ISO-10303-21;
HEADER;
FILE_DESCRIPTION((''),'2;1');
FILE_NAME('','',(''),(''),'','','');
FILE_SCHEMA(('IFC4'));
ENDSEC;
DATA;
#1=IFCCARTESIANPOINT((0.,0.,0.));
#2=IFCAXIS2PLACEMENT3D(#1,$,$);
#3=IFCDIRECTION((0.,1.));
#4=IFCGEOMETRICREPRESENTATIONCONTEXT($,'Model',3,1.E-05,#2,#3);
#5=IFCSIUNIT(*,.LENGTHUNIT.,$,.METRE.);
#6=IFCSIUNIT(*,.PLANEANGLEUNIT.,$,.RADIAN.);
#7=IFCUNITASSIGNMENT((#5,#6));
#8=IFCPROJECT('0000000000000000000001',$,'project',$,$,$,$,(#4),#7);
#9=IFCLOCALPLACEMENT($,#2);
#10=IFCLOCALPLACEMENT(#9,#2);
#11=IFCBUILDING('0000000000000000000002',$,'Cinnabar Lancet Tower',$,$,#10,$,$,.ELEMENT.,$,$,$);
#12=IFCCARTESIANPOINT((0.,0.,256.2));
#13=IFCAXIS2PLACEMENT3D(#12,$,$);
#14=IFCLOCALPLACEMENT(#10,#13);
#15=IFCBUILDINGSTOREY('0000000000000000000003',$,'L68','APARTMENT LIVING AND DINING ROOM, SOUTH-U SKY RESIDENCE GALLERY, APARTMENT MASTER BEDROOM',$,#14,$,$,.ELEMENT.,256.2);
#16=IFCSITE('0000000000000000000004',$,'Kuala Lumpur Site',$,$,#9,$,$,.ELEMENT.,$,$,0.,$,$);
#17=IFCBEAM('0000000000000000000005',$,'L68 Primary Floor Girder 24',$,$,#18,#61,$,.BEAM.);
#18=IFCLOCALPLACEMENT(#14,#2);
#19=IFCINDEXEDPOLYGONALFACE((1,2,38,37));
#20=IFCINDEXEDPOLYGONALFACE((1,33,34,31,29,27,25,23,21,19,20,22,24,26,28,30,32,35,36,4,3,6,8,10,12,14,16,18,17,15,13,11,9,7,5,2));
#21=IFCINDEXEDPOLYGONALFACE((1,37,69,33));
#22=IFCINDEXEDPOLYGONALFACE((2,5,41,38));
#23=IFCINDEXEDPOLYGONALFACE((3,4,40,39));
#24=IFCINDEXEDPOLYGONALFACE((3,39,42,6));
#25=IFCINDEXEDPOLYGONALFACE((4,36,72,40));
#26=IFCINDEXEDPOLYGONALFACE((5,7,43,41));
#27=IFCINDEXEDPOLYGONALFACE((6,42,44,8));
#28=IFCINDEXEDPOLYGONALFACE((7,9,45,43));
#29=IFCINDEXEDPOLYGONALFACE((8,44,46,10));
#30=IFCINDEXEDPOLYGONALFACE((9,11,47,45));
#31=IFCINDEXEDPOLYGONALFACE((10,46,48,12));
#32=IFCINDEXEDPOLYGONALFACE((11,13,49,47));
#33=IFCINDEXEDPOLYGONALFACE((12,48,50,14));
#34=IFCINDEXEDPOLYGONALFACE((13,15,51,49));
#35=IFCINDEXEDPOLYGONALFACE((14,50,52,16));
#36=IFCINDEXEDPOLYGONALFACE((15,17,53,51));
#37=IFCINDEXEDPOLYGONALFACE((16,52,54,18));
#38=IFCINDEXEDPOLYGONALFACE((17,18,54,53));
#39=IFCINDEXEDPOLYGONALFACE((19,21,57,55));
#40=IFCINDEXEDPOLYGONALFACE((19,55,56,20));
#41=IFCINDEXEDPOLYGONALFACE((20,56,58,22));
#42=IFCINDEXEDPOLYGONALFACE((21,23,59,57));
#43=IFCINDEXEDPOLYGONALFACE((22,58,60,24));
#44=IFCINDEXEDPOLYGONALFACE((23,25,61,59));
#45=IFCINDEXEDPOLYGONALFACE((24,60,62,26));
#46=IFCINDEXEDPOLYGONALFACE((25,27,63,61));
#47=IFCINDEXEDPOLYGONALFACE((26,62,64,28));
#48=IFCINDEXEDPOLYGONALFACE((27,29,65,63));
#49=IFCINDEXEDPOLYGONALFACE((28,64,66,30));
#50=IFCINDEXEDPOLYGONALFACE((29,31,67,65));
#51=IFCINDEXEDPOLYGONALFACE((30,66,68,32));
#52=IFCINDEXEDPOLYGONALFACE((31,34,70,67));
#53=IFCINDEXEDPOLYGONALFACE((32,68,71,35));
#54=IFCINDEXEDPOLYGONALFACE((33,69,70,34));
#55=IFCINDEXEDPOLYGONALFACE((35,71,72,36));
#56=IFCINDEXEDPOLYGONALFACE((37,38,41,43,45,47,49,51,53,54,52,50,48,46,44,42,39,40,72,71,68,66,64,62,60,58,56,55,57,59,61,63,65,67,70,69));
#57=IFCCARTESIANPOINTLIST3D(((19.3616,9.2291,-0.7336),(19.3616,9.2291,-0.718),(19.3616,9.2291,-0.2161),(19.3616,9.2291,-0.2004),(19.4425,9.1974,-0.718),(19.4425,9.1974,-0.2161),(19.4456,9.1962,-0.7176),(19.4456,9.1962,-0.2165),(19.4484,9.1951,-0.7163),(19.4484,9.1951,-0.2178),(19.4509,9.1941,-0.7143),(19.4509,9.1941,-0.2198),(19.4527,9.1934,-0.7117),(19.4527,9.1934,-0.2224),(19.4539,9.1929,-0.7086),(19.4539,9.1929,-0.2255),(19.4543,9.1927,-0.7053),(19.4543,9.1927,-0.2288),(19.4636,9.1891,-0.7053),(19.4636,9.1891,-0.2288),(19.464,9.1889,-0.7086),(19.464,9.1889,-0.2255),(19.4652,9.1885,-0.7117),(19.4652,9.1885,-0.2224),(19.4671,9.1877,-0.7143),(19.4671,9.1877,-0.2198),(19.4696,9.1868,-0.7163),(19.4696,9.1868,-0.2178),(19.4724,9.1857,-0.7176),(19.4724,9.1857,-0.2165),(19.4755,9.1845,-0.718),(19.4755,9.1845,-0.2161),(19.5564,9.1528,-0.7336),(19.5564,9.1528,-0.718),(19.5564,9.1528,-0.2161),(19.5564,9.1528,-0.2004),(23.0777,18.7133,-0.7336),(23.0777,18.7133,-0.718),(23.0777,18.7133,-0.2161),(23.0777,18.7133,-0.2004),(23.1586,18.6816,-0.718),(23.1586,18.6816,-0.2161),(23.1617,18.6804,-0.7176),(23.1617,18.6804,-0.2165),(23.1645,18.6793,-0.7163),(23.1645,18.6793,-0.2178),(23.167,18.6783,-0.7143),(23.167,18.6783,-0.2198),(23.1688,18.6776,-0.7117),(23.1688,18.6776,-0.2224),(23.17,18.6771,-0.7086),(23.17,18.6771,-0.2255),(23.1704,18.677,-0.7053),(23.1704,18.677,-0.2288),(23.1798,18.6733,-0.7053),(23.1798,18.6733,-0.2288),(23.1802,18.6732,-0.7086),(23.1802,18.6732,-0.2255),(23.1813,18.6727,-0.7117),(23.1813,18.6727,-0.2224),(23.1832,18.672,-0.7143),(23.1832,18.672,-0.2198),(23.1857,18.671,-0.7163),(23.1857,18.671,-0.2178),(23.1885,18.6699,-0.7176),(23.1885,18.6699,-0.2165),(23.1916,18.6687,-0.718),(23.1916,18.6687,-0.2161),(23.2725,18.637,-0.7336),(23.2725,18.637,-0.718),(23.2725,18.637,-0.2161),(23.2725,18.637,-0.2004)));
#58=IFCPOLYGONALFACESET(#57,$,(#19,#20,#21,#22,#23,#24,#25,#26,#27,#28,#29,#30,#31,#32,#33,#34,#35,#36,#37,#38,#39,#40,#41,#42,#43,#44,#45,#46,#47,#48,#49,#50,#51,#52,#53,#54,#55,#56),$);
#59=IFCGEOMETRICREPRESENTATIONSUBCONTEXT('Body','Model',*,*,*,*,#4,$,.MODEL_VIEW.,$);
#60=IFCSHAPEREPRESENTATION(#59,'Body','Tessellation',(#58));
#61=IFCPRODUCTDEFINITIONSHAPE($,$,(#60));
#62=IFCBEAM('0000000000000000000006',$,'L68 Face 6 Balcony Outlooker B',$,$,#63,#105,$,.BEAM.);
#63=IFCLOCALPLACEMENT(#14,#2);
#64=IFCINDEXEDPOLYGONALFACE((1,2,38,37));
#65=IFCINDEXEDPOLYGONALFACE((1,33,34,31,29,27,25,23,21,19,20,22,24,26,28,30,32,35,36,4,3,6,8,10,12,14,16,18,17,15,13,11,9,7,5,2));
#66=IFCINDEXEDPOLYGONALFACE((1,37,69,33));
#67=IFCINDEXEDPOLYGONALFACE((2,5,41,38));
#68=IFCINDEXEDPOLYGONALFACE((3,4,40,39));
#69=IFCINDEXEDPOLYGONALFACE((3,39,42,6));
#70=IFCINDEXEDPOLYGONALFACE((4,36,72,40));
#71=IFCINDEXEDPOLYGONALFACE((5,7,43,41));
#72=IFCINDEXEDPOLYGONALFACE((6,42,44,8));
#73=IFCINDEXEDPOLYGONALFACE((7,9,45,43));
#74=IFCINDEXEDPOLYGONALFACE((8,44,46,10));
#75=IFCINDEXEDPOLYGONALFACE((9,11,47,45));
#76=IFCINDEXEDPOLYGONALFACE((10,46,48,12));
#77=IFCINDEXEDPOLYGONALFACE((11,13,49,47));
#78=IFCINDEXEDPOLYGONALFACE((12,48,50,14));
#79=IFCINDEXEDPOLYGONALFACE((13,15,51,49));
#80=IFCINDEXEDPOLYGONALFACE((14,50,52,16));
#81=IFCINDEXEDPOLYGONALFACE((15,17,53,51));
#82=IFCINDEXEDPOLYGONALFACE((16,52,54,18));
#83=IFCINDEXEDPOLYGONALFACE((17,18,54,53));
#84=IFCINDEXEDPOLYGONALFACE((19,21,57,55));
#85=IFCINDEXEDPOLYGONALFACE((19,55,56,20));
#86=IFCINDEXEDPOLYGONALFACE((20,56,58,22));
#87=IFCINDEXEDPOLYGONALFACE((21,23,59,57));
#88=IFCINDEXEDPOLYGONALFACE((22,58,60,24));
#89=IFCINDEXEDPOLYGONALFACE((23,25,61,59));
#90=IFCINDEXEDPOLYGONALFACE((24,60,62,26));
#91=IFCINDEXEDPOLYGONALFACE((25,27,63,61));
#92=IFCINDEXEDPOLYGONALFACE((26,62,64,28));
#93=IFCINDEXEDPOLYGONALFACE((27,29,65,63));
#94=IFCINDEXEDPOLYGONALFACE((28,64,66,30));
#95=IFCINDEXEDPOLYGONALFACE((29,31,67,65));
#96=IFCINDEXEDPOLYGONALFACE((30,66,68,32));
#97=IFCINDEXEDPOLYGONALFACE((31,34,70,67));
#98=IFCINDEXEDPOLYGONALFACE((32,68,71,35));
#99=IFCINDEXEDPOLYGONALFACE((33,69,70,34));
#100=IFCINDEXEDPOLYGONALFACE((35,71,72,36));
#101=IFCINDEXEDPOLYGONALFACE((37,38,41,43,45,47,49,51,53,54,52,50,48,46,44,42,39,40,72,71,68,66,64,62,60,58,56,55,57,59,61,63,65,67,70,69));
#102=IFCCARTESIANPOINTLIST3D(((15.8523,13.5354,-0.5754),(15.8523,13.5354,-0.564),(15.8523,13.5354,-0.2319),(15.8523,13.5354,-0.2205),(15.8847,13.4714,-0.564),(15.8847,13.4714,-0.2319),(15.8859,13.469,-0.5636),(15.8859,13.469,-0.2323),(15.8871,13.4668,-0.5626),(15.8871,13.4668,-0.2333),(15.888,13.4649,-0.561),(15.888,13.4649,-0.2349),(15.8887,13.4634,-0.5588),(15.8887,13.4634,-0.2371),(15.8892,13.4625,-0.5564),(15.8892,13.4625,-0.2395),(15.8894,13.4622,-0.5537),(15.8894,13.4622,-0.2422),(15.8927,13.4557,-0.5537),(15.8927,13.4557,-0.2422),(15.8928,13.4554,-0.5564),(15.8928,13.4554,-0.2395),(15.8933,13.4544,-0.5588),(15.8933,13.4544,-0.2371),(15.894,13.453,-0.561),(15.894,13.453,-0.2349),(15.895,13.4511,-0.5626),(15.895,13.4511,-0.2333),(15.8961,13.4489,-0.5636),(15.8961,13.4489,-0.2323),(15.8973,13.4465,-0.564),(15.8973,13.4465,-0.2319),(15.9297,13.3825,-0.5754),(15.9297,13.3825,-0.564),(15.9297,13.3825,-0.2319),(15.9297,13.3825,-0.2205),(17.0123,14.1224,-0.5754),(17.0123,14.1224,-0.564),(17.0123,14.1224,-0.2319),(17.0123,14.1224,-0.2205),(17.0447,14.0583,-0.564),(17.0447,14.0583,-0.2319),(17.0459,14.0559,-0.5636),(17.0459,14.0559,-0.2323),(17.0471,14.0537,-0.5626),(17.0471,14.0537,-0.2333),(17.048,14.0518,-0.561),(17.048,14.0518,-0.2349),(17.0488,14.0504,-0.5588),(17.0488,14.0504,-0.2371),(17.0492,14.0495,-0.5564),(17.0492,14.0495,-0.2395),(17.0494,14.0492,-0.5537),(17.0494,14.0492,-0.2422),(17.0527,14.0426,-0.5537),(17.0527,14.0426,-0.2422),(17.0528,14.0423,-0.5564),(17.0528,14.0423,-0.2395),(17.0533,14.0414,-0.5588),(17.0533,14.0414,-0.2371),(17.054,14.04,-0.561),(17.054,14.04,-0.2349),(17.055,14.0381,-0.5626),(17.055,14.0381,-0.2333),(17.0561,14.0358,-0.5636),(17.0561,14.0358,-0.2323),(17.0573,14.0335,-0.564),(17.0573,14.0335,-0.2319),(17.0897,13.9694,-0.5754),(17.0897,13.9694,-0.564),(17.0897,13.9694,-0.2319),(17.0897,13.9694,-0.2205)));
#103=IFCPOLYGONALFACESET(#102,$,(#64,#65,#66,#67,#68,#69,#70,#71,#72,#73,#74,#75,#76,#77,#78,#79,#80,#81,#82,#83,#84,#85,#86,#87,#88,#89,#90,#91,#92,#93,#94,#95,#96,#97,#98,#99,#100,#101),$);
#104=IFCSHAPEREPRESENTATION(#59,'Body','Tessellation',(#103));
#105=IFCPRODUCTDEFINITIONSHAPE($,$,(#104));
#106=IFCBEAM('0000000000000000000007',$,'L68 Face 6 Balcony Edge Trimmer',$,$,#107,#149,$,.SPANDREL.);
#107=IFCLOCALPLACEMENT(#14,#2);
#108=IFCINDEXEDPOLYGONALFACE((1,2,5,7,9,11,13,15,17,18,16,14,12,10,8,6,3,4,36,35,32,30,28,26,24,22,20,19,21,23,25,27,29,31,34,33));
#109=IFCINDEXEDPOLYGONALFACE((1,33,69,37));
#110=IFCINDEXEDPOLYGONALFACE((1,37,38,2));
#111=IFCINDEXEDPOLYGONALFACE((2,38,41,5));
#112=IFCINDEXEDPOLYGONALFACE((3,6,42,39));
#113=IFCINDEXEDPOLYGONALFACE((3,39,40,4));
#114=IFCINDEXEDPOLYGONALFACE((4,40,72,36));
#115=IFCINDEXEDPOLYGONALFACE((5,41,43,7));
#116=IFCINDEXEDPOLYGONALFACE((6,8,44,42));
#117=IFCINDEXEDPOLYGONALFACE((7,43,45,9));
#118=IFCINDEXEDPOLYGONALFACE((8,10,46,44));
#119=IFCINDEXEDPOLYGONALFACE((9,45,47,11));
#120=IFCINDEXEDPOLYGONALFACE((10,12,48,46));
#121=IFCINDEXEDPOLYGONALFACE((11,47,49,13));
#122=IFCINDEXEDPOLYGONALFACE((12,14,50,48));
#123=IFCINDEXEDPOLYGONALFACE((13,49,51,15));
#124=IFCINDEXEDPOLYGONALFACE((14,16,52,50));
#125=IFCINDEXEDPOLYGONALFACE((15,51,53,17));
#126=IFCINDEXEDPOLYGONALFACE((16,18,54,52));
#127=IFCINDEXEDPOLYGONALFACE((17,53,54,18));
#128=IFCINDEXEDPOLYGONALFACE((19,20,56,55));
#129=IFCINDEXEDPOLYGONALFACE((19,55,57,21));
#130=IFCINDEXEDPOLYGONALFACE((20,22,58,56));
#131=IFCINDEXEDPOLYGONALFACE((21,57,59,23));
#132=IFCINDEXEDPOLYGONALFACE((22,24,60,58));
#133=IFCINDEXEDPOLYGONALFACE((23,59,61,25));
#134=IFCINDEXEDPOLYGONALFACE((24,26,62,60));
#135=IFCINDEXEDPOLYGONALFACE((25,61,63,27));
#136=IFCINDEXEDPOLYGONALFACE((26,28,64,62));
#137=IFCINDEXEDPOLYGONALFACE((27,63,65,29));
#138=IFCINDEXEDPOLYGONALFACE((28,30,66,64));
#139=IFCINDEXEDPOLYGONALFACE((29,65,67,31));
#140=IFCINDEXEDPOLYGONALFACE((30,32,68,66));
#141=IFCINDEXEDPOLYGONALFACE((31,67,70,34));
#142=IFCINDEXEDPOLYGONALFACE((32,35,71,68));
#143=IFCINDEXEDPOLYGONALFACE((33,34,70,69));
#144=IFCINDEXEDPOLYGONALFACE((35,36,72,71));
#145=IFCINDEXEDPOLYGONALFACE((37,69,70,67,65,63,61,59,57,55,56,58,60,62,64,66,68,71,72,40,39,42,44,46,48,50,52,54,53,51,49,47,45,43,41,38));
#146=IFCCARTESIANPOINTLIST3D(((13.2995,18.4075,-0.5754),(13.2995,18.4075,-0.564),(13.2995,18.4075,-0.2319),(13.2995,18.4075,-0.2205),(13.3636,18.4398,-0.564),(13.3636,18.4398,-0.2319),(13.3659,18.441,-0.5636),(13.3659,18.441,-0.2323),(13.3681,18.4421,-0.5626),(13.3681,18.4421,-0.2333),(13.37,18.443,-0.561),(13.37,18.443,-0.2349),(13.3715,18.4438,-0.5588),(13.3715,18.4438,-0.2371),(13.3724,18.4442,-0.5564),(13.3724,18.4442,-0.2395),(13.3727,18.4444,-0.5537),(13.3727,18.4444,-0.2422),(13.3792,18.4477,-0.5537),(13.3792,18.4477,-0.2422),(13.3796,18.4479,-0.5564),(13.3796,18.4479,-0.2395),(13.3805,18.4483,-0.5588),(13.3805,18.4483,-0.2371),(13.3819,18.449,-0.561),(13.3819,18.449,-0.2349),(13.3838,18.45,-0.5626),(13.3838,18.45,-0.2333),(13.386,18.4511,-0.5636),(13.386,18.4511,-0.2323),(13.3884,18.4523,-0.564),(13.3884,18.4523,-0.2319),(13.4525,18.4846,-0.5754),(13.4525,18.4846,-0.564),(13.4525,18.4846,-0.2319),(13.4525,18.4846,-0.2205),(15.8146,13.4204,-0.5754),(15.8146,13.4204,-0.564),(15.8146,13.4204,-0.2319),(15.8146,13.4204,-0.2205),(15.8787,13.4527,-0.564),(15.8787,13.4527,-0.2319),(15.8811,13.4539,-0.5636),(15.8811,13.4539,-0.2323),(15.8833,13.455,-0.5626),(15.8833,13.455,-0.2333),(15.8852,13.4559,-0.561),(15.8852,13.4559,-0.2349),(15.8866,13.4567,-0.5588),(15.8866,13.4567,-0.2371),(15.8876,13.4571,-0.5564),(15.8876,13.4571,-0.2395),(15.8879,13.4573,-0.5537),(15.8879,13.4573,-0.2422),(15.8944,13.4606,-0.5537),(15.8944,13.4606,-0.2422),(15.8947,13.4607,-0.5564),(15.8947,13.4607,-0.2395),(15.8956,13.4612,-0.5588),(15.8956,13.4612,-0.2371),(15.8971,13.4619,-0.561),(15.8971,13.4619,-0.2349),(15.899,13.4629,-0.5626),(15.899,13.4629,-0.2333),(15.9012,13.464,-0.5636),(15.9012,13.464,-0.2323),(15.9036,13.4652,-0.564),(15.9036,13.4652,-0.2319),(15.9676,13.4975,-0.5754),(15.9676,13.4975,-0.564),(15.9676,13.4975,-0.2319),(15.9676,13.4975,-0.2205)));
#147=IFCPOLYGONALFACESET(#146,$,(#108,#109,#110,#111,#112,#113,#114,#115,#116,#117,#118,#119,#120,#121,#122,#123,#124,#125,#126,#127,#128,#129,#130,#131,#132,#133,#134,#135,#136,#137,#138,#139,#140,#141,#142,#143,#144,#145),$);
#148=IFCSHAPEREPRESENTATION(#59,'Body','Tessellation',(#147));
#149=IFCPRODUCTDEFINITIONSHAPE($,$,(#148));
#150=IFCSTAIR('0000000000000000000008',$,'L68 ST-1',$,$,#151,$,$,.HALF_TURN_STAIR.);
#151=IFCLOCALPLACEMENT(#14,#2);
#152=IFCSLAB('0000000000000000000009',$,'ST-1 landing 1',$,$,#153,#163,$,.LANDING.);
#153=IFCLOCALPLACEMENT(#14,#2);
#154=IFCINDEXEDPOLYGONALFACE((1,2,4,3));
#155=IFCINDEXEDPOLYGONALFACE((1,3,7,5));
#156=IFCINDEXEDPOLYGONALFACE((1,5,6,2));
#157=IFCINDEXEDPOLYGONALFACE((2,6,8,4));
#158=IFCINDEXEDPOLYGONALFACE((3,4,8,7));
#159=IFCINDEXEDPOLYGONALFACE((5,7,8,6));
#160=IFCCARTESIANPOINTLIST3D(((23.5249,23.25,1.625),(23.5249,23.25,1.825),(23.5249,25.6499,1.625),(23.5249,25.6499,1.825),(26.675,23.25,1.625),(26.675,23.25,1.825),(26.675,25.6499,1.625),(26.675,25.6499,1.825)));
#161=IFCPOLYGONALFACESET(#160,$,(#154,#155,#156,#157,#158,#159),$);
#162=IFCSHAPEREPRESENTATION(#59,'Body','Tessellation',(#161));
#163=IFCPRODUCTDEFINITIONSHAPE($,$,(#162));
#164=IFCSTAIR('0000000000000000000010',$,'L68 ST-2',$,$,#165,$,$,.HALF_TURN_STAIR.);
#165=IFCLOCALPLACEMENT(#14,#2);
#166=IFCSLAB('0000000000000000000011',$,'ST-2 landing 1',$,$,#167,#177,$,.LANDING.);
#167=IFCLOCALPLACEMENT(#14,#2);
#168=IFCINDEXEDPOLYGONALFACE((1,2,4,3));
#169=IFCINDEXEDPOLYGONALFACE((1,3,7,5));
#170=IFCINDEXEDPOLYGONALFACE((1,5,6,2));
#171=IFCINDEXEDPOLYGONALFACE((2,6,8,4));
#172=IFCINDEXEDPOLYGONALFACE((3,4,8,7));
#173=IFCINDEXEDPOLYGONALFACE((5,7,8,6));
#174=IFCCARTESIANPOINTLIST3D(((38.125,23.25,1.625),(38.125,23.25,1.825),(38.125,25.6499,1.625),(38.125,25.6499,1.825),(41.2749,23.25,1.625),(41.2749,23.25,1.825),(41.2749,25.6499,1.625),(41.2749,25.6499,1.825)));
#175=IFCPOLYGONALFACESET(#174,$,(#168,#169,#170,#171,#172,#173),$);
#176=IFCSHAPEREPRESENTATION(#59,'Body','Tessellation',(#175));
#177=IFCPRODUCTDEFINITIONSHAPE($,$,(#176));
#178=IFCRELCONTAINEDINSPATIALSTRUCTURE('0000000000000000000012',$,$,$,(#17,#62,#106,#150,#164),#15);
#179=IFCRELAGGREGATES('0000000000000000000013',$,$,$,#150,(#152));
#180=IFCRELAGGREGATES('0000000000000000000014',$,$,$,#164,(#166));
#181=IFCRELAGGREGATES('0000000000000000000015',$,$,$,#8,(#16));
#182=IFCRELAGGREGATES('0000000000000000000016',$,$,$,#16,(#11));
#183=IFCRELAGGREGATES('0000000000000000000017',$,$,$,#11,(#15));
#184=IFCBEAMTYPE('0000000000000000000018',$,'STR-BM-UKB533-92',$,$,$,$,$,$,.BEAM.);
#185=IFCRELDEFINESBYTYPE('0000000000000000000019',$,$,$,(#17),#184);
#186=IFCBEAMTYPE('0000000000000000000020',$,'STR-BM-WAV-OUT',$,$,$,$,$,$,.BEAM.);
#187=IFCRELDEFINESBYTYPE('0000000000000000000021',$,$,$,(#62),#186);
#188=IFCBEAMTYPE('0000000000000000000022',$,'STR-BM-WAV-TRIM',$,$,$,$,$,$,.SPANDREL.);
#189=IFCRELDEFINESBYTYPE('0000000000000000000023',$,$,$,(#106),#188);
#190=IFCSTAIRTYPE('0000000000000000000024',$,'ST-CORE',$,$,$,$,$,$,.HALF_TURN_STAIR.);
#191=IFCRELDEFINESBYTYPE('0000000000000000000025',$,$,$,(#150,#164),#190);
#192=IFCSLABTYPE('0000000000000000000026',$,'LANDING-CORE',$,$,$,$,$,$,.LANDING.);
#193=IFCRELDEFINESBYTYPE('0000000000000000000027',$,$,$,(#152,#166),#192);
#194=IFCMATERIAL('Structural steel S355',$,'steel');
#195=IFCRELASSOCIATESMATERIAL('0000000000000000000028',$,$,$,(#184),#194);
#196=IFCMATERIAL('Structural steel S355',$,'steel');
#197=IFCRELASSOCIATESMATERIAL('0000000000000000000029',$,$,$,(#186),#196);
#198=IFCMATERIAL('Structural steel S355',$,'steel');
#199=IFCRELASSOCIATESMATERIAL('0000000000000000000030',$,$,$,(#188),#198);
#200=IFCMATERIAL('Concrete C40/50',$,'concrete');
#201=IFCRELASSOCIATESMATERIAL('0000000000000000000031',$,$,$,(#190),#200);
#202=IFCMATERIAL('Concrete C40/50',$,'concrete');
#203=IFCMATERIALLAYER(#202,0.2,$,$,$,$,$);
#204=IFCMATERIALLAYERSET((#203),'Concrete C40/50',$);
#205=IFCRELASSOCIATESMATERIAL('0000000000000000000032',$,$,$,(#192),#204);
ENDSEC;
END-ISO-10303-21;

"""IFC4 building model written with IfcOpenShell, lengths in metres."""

from ifc_helpers import new_model, si_unit, direction, frame, origin, origin_2d, place, context, subcontext, project, spatial, polyline, i_section, outline, extrude, material, layer, layer_set, material_profile, profile_set, type_object, element, aggregate, save


model = new_model("IFC4")

# Units and contexts
model_context = context("Model", 3, precision=1e-05, world=origin(), true_north=direction((0.0, 1.0)))
body_context = subcontext(model_context, "Body", "Model", "MODEL_VIEW")
ifc_project = project(units=[si_unit("LENGTHUNIT", "METRE"), si_unit("PLANEANGLEUNIT", "RADIAN")], contexts=[model_context])

# Site, building, storey
site_placement = place(None, origin())
site = spatial("IfcSite", under=ifc_project, at=site_placement, Name="Kuala Lumpur Site", CompositionType="ELEMENT", RefElevation=0.0)
building_placement = place(site_placement, origin())
building = spatial("IfcBuilding", under=site, at=building_placement, Name="Cinnabar Lancet Tower", CompositionType="ELEMENT")
storey_placement = place(building_placement, frame((0.0, 0.0, 256.2)))
storey = spatial("IfcBuildingStorey", under=building, at=storey_placement, Name="L68", Description="APARTMENT LIVING AND DINING ROOM, SOUTH-U SKY RESIDENCE GALLERY, APARTMENT MASTER BEDROOM", CompositionType="ELEMENT", Elevation=256.2)

# Beams
ifc_material_1 = material(Name="Structural steel S355", Category="steel")
ifc_material_profile_1 = material_profile(ifc_material_1, i_section(OverallWidth=0.2092, OverallDepth=0.5332, WebThickness=0.01, FlangeThickness=0.0156, FilletRadius=0.0127, at=origin_2d()), Name="UKB 533x210x92")
ifc_profile_set_1 = profile_set([ifc_material_profile_1], Name="Structural steel S355")
beam_type_1 = type_object("IfcBeamType", Name="STR-BM-UKB533-92", PredefinedType="BEAM", material=ifc_profile_set_1)
beam_1_placement = place(storey_placement, frame((19.459, 9.1909, -0.467), z_axis=(0.364815, 0.93108, 0.0), x_axis=(-0.93108, 0.364815, 0.0)))
element("IfcBeam", 1, at=beam_1_placement, inside=storey, type_object=beam_type_1, Name="L68 Primary Floor Girder 24", PredefinedType="BEAM", context=body_context, shape_type="SweptSolid", body=[
    extrude(i_section(OverallWidth=0.2092, OverallDepth=0.5332, WebThickness=0.01, FlangeThickness=0.0156, FilletRadius=0.0127, at=origin_2d()), origin(), (0.0, 0.0, 1.0), 10.1863),
])
ifc_material_2 = material(Name="Structural steel S355", Category="steel")
ifc_material_profile_2 = material_profile(ifc_material_2, i_section(OverallWidth=0.1714, OverallDepth=0.355, WebThickness=0.0073, FlangeThickness=0.0115, FilletRadius=0.0103, at=origin_2d()), Name="UKB 356x171x51")
ifc_profile_set_2 = profile_set([ifc_material_profile_2], Name="Structural steel S355")
beam_type_2 = type_object("IfcBeamType", Name="STR-BM-WAV-OUT", PredefinedType="BEAM", material=ifc_profile_set_2)
beam_2_placement = place(storey_placement, frame((17.051, 14.0459, -0.3979), z_axis=(-0.892276, -0.45149, 0.0), x_axis=(0.45149, -0.892276, 0.0)))
element("IfcBeam", 2, at=beam_2_placement, inside=storey, type_object=beam_type_2, Name="L68 Face 6 Balcony Outlooker B", PredefinedType="BEAM", context=body_context, shape_type="SweptSolid", body=[
    extrude(i_section(OverallWidth=0.1714, OverallDepth=0.355, WebThickness=0.0073, FlangeThickness=0.0115, FilletRadius=0.0103, at=origin_2d()), origin(), (0.0, 0.0, 1.0), 1.3),
])
ifc_material_3 = material(Name="Structural steel S355", Category="steel")
ifc_material_profile_3 = material_profile(ifc_material_3, i_section(OverallWidth=0.1714, OverallDepth=0.355, WebThickness=0.0073, FlangeThickness=0.0115, FilletRadius=0.0103, at=origin_2d()), Name="UKB 356x171x51")
ifc_profile_set_3 = profile_set([ifc_material_profile_3], Name="Structural steel S355")
beam_type_3 = type_object("IfcBeamType", Name="STR-BM-WAV-TRIM", PredefinedType="SPANDREL", material=ifc_profile_set_3)
beam_3_placement = place(storey_placement, frame((13.376, 18.446, -0.3979), z_axis=(0.450306, -0.892874, 0.0), x_axis=(0.892874, 0.450306, 0.0)))
element("IfcBeam", 3, at=beam_3_placement, inside=storey, type_object=beam_type_3, Name="L68 Face 6 Balcony Edge Trimmer", PredefinedType="SPANDREL", context=body_context, shape_type="SweptSolid", body=[
    extrude(i_section(OverallWidth=0.1714, OverallDepth=0.355, WebThickness=0.0073, FlangeThickness=0.0115, FilletRadius=0.0103, at=origin_2d()), origin(), (0.0, 0.0, 1.0), 5.5854),
])

# Stairs, slabs
ifc_material_4 = material(Name="Concrete C40/50", Category="concrete")
stair_type = type_object("IfcStairType", Name="ST-CORE", PredefinedType="HALF_TURN_STAIR", material=ifc_material_4)
stair_1_placement = place(storey_placement, origin())
stair_1 = element("IfcStair", 4, at=stair_1_placement, inside=storey, type_object=stair_type, Name="L68 ST-1", PredefinedType="HALF_TURN_STAIR")
ifc_material_5 = material(Name="Concrete C40/50", Category="concrete")
ifc_layer_1 = layer(ifc_material_5, 0.2)
ifc_layer_set_1 = layer_set([ifc_layer_1], Name="Concrete C40/50")
slab_type_1 = type_object("IfcSlabType", Name="LANDING-CORE", PredefinedType="LANDING", material=ifc_layer_set_1)
slab_1_placement = place(storey_placement, frame((0.0, 0.0, 1.625)))
slab_1 = element("IfcSlab", 5, at=slab_1_placement, type_object=slab_type_1, Name="ST-1 landing 1", PredefinedType="LANDING", context=body_context, shape_type="SweptSolid", body=[
    extrude(outline(polyline([(23.5249, 25.6499), (23.5249, 23.25), (26.675, 23.25), (26.675, 25.6499), (23.5249, 25.6499)])), origin(), (0.0, 0.0, 1.0), 0.2),
])
aggregate(stair_1, [slab_1])
stair_2_placement = place(storey_placement, origin())
stair_2 = element("IfcStair", 6, at=stair_2_placement, inside=storey, type_object=stair_type, Name="L68 ST-2", PredefinedType="HALF_TURN_STAIR")
slab_2_placement = place(storey_placement, frame((0.0, 0.0, 1.625)))
slab_2 = element("IfcSlab", 7, at=slab_2_placement, type_object=slab_type_1, Name="ST-2 landing 1", PredefinedType="LANDING", context=body_context, shape_type="SweptSolid", body=[
    extrude(outline(polyline([(38.125, 25.6499), (38.125, 23.25), (41.2749, 23.25), (41.2749, 25.6499), (38.125, 25.6499)])), origin(), (0.0, 0.0, 1.0), 0.2),
])
aggregate(stair_2, [slab_2])

save(model, "model.ifc")
